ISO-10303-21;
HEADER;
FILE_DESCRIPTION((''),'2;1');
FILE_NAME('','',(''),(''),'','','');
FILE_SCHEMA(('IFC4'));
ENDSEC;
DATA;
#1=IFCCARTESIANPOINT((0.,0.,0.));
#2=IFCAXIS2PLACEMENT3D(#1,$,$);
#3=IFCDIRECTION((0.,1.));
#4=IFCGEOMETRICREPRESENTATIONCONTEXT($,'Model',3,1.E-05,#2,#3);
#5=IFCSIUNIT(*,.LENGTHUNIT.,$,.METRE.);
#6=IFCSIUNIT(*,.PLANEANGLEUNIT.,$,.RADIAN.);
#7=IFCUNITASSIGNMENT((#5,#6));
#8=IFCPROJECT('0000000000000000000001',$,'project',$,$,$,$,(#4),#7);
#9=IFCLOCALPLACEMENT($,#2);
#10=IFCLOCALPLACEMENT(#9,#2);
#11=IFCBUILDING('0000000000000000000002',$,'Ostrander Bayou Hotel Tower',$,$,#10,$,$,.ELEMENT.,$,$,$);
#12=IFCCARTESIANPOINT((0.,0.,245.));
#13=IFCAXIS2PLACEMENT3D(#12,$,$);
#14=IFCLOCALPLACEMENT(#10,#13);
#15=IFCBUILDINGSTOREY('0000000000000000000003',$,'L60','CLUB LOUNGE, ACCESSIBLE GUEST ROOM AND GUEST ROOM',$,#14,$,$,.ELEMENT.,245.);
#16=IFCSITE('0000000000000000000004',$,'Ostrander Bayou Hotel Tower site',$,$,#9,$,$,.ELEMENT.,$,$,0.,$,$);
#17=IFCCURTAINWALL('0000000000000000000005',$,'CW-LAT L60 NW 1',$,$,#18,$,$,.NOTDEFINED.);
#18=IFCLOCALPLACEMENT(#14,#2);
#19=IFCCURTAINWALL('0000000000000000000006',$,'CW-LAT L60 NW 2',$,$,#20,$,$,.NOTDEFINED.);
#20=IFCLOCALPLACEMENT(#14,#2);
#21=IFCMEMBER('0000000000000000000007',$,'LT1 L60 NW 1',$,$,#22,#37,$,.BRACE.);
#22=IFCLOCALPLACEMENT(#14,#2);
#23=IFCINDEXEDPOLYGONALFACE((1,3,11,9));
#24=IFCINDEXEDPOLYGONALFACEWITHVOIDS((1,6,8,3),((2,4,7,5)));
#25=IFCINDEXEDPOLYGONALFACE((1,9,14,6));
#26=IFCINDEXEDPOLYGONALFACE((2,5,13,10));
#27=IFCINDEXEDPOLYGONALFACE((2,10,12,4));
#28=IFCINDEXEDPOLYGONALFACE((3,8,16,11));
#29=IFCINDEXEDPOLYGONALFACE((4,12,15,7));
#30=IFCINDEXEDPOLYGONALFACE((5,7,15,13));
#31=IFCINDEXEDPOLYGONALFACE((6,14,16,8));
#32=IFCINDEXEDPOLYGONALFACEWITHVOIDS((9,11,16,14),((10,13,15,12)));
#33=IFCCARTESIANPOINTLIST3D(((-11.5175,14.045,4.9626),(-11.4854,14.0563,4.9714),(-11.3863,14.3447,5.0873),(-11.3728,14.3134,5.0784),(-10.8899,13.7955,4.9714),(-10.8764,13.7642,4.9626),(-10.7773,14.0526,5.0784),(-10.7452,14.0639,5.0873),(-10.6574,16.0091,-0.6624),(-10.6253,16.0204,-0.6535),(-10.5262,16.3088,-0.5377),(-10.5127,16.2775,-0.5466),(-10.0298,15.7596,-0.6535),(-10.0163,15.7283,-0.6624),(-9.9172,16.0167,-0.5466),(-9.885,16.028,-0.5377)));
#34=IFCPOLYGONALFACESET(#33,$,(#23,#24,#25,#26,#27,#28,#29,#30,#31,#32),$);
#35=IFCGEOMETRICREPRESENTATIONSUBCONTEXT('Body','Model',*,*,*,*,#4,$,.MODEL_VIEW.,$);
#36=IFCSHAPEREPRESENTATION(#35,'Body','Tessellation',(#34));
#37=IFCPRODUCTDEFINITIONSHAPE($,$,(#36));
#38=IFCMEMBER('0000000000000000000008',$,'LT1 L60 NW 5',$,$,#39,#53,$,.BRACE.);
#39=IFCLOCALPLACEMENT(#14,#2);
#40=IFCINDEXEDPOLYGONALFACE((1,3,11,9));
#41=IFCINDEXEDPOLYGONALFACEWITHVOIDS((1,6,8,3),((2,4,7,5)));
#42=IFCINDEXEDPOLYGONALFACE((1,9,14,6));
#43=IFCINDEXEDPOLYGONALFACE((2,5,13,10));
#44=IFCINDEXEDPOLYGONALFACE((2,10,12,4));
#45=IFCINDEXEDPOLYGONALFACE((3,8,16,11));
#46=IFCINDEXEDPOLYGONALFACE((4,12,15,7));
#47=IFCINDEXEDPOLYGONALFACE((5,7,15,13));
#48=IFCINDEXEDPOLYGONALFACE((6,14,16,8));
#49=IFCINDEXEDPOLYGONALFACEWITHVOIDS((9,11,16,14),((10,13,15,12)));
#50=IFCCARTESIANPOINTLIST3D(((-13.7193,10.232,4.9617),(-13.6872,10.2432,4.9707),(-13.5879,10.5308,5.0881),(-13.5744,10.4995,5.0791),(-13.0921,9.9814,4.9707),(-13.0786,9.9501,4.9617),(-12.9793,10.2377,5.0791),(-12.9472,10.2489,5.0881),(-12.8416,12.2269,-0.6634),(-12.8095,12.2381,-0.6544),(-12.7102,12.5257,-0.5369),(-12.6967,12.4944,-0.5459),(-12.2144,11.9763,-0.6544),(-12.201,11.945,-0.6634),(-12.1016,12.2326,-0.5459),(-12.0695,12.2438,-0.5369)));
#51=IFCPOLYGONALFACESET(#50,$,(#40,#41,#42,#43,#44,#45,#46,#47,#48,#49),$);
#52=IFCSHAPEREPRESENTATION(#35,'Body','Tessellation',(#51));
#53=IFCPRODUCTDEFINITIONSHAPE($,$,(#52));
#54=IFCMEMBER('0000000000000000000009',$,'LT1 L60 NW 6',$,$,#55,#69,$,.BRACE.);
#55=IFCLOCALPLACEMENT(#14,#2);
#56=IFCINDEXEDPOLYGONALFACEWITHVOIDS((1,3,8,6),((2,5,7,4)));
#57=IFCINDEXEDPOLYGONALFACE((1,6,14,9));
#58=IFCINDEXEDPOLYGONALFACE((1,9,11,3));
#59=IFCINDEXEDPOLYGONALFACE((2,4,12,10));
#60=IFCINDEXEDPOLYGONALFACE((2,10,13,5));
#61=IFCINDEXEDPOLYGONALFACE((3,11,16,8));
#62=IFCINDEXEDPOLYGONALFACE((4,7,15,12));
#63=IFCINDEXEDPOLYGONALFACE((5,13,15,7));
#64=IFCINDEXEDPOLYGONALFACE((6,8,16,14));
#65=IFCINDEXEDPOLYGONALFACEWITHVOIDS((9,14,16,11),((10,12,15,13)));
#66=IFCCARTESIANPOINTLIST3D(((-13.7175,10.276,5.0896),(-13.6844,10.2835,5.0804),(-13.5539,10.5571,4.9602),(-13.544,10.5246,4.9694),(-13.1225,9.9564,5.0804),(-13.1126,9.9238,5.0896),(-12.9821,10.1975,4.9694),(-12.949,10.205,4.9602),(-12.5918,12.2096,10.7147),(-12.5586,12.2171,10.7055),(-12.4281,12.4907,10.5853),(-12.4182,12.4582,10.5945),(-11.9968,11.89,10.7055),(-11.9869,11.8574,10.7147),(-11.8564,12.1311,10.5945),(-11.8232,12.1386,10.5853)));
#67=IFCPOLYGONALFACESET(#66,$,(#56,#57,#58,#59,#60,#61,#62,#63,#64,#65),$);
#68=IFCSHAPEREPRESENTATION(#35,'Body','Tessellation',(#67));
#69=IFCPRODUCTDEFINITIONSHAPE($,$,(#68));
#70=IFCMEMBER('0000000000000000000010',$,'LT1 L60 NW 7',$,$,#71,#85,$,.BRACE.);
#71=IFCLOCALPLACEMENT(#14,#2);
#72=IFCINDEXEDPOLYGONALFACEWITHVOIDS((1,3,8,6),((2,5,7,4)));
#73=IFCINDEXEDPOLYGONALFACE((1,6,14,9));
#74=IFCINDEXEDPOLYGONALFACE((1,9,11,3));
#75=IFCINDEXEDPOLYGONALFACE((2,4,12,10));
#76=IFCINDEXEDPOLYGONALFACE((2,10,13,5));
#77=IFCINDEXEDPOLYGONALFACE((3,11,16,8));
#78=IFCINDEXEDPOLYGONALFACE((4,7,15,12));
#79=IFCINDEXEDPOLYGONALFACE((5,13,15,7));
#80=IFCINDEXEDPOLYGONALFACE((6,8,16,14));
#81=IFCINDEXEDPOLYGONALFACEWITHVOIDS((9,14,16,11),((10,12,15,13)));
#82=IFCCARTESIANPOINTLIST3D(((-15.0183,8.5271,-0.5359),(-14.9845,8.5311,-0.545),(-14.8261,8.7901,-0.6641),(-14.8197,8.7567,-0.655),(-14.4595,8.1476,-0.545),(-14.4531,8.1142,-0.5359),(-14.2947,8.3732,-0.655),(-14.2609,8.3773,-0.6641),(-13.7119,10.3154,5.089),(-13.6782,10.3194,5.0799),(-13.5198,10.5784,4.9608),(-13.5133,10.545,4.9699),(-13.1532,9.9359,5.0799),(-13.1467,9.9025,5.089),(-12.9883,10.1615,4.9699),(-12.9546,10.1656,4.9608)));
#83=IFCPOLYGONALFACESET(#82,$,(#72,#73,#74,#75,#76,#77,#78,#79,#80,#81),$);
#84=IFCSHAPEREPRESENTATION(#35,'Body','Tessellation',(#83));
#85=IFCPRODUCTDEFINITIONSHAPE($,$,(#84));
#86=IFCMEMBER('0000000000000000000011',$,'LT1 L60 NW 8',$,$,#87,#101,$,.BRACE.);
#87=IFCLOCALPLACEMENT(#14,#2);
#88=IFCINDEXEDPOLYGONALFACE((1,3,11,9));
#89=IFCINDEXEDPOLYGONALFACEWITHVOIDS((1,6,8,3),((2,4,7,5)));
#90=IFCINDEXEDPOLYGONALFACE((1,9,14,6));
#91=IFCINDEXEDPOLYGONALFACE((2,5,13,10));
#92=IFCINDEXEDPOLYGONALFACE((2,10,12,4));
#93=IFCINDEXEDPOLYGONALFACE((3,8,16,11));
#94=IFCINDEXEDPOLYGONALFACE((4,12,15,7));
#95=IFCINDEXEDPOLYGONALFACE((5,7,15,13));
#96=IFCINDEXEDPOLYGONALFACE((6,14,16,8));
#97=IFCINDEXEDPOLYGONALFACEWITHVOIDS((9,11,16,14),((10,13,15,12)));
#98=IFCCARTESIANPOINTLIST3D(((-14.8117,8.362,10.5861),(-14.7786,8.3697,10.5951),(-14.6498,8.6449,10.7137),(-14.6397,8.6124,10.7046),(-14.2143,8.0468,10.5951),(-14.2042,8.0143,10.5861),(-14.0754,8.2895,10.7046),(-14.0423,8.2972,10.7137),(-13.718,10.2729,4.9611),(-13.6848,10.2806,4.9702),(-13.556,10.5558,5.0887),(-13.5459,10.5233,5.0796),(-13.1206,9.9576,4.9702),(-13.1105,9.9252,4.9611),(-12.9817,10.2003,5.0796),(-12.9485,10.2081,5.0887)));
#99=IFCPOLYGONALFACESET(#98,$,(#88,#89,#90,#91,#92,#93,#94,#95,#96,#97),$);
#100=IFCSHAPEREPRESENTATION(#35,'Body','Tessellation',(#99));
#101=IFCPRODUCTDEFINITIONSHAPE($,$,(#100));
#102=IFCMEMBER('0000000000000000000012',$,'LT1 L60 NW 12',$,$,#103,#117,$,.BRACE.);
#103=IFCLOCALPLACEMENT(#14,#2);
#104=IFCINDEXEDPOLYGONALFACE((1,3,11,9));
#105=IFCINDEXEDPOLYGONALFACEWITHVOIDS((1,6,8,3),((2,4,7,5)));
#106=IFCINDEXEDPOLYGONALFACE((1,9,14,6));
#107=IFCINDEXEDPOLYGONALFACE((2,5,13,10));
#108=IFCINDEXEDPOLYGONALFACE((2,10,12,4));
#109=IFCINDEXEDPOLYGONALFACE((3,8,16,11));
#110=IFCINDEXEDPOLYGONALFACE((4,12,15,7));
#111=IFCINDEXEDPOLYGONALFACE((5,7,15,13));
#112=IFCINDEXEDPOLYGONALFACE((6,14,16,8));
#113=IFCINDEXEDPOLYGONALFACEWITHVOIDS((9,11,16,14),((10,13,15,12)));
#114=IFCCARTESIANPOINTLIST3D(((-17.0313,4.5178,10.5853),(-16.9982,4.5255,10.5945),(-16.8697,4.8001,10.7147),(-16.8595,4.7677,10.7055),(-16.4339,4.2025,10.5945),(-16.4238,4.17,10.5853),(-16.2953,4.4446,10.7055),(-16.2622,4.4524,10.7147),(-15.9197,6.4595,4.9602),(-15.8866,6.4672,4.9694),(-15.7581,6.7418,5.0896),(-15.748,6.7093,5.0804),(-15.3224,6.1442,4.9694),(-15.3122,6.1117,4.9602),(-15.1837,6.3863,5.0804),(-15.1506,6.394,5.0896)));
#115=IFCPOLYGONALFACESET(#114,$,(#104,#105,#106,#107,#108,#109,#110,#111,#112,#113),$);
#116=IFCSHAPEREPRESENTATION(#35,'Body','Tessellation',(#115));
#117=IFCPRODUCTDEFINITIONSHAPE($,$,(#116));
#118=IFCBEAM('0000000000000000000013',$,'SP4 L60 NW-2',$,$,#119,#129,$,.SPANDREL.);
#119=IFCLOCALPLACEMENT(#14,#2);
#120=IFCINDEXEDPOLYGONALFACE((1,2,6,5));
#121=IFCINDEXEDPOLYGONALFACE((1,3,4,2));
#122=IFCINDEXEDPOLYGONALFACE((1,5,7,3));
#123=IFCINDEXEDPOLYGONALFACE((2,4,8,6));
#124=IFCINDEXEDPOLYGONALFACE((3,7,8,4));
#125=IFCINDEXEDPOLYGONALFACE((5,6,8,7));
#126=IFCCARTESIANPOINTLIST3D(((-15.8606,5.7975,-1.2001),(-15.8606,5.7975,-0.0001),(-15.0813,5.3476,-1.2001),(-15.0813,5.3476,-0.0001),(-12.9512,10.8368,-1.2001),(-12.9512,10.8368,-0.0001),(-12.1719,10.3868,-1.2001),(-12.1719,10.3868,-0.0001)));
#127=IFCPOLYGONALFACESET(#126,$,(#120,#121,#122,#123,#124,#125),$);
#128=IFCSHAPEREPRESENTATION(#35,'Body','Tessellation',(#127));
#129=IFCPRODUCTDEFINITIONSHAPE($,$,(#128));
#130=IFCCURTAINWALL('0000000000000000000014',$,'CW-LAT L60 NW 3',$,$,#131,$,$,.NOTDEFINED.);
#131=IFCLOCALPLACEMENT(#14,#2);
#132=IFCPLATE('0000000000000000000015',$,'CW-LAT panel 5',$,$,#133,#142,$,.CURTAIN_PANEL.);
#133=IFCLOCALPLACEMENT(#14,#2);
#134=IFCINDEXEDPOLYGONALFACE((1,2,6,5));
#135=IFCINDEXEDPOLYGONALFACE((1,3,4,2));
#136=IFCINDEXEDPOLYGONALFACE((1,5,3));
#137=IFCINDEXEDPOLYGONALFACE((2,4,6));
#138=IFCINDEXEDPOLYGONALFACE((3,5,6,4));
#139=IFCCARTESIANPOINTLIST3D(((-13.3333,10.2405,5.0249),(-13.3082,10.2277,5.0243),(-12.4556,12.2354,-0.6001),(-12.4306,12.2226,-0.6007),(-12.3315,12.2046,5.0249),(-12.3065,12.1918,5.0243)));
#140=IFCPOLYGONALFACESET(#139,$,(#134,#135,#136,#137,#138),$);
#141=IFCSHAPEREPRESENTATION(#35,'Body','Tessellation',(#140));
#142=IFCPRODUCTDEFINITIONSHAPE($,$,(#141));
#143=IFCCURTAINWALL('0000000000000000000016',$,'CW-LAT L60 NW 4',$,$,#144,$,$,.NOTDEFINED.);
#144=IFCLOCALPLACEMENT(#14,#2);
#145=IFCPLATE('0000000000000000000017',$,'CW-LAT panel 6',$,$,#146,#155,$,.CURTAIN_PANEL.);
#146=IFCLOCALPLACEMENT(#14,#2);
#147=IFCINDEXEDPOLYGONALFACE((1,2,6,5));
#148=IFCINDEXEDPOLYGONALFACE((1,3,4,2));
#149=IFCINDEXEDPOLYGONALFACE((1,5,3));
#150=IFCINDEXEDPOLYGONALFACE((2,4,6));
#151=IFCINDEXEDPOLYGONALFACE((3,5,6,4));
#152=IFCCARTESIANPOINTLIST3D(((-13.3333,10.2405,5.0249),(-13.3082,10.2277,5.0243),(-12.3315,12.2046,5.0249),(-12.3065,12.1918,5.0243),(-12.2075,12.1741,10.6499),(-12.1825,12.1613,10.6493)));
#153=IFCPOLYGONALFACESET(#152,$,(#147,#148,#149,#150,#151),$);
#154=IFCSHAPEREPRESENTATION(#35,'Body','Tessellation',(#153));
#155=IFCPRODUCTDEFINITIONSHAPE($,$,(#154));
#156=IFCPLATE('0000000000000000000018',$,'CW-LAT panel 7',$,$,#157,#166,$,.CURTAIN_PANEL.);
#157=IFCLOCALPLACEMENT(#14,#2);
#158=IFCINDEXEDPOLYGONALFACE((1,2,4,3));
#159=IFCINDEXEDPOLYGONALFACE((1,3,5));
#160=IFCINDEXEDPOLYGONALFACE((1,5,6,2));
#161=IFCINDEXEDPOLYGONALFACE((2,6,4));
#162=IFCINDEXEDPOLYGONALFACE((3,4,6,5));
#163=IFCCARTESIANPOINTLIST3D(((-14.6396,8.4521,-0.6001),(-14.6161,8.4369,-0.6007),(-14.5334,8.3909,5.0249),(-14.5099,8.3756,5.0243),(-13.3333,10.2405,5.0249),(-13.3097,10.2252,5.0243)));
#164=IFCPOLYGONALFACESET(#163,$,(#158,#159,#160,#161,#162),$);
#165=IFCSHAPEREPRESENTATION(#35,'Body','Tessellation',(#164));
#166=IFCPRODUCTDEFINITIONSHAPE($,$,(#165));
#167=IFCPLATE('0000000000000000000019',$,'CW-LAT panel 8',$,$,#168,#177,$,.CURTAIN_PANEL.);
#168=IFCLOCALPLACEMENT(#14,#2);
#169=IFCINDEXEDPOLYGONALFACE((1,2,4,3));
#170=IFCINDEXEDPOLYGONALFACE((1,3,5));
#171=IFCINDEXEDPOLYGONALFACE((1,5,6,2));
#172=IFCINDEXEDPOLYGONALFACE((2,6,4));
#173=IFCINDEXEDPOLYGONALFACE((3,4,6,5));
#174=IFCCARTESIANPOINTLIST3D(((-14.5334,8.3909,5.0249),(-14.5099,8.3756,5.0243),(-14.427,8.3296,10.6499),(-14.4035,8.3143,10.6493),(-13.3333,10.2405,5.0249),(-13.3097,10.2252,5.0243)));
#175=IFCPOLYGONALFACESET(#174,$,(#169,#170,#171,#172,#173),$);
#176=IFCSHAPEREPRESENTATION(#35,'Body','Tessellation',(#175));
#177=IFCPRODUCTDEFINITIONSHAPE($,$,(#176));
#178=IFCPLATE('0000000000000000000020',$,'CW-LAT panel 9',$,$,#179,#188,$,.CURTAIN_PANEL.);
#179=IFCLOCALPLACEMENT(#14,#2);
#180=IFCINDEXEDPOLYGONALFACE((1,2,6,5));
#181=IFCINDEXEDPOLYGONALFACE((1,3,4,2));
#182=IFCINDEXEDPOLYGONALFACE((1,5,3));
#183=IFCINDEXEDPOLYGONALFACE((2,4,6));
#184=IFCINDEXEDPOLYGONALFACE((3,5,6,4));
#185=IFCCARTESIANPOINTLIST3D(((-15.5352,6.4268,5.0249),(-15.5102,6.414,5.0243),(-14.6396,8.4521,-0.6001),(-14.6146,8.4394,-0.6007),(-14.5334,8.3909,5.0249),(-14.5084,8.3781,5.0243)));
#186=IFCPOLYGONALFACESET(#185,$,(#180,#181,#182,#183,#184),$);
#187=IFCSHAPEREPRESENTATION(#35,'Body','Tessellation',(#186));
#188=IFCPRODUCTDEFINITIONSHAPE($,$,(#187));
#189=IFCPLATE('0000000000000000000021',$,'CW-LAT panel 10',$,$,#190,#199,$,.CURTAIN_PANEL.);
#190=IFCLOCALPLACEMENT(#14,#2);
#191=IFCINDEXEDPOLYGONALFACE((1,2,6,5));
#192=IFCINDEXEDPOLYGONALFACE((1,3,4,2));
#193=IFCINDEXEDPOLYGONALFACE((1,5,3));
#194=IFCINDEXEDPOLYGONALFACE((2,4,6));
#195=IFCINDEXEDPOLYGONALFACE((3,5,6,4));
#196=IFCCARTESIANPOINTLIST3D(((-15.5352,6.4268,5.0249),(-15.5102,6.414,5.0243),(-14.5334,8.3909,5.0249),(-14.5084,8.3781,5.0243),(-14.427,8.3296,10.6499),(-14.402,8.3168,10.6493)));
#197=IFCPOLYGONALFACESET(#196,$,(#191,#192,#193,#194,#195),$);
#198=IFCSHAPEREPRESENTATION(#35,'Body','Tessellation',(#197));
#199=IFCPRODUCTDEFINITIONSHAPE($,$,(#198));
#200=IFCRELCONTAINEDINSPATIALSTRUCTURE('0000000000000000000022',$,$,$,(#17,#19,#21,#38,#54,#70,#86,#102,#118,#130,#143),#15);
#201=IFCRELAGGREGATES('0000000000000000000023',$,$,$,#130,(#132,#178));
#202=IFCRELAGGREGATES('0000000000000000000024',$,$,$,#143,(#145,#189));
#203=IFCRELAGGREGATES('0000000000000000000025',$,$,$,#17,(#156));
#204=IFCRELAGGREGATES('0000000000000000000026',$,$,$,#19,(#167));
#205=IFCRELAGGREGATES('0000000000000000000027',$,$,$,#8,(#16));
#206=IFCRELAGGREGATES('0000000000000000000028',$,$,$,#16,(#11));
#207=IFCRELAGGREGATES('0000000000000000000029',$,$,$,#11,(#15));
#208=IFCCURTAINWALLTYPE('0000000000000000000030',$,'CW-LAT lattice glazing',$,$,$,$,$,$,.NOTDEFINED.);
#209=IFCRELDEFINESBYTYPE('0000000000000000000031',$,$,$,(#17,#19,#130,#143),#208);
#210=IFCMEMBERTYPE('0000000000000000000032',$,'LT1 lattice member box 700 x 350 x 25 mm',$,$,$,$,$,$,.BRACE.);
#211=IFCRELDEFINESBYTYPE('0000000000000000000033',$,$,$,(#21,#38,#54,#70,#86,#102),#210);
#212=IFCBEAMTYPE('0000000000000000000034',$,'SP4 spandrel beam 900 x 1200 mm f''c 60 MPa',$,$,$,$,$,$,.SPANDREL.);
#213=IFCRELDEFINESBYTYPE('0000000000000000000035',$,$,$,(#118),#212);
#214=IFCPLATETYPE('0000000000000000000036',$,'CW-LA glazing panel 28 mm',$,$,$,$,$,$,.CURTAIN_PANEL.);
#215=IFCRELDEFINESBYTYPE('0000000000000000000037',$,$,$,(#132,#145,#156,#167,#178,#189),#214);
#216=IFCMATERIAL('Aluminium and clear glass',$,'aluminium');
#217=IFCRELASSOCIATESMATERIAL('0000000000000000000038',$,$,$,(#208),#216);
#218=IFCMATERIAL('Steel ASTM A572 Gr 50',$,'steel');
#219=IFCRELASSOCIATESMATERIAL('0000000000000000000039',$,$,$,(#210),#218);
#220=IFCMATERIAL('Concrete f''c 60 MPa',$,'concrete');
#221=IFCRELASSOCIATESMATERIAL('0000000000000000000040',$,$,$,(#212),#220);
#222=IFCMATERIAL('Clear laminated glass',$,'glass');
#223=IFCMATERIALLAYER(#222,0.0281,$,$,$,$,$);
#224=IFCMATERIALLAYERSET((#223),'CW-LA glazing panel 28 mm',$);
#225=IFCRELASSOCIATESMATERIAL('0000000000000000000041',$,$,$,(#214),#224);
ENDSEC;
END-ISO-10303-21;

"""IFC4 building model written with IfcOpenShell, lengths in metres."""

from ifc_helpers import new_model, si_unit, direction, frame, origin, origin_2d, place, context, subcontext, project, spatial, polyline, rectangle, hollow_rectangle, outline, extrude, material, layer, layer_set, material_profile, profile_set, type_object, element, aggregate, save


model = new_model("IFC4")

# Units and contexts
model_context = context("Model", 3, precision=1e-05, world=origin(), true_north=direction((0.0, 1.0)))
body_context = subcontext(model_context, "Body", "Model", "MODEL_VIEW")
ifc_project = project(units=[si_unit("LENGTHUNIT", "METRE"), si_unit("PLANEANGLEUNIT", "RADIAN")], contexts=[model_context])

# Site, building, storey
site_placement = place(None, origin())
site = spatial("IfcSite", under=ifc_project, at=site_placement, Name="Ostrander Bayou Hotel Tower site", CompositionType="ELEMENT", RefElevation=0.0)
building_placement = place(site_placement, origin())
building = spatial("IfcBuilding", under=site, at=building_placement, Name="Ostrander Bayou Hotel Tower", CompositionType="ELEMENT")
storey_placement = place(building_placement, frame((0.0, 0.0, 245.0)))
storey = spatial("IfcBuildingStorey", under=building, at=storey_placement, Name="L60", Description="CLUB LOUNGE, ACCESSIBLE GUEST ROOM AND GUEST ROOM", CompositionType="ELEMENT", Elevation=245.0)

# Curtain walls
ifc_material_1 = material(Name="Aluminium and clear glass", Category="aluminium")
curtain_wall_type = type_object("IfcCurtainWallType", Name="CW-LAT lattice glazing", PredefinedType="NOTDEFINED", material=ifc_material_1)
curtain_wall_1_placement = place(storey_placement, origin())
curtain_wall_1 = element("IfcCurtainWall", 1, at=curtain_wall_1_placement, inside=storey, type_object=curtain_wall_type, Name="CW-LAT L60 NW 1", PredefinedType="NOTDEFINED")
curtain_wall_2_placement = place(storey_placement, origin())
curtain_wall_2 = element("IfcCurtainWall", 2, at=curtain_wall_2_placement, inside=storey, type_object=curtain_wall_type, Name="CW-LAT L60 NW 2", PredefinedType="NOTDEFINED")

# Members
ifc_material_2 = material(Name="Steel ASTM A572 Gr 50", Category="steel")
ifc_material_profile_1 = material_profile(ifc_material_2, hollow_rectangle(XDim=0.7, YDim=0.3501, WallThickness=0.0249, at=origin_2d()))
ifc_profile_set_1 = profile_set([ifc_material_profile_1], Name="Steel ASTM A572 Gr 50")
member_type_1 = type_object("IfcMemberType", Name="LT1 lattice member box 700 x 350 x 25 mm", PredefinedType="BRACE", material=ifc_profile_set_1)
member_1_placement = place(storey_placement, frame((-11.1313, 14.0544, 5.0249), z_axis=(0.142879, 0.326274, -0.934414), x_axis=(-0.916019, 0.401135, 0.0)))
element("IfcMember", 3, at=member_1_placement, inside=storey, type_object=member_type_1, Name="LT1 L60 NW 1", PredefinedType="BRACE", context=body_context, shape_type="SweptSolid", body=[
    extrude(hollow_rectangle(XDim=0.7, YDim=0.3501, WallThickness=0.0249, at=origin_2d()), origin(), (0.0, 0.0, 1.0), 6.0198),
])
member_2_placement = place(storey_placement, frame((-13.3333, 10.2405, 5.0249), z_axis=(0.145494, 0.33069, -0.932457), x_axis=(-0.915325, 0.402716, 0.0)))
element("IfcMember", 4, at=member_2_placement, inside=storey, type_object=member_type_1, Name="LT1 L60 NW 5", PredefinedType="BRACE", context=body_context, shape_type="SweptSolid", body=[
    extrude(hollow_rectangle(XDim=0.7, YDim=0.3501, WallThickness=0.0249, at=origin_2d()), origin(), (0.0, 0.0, 1.0), 6.0325),
])
member_3_placement = place(storey_placement, frame((-13.3333, 10.2405, 5.0249), z_axis=(0.185959, 0.31941, 0.929191), x_axis=(-0.864206, 0.503138, 0.0)))
element("IfcMember", 5, at=member_3_placement, inside=storey, type_object=member_type_1, Name="LT1 L60 NW 6", PredefinedType="BRACE", context=body_context, shape_type="SweptSolid", body=[
    extrude(hollow_rectangle(XDim=0.7, YDim=0.3501, WallThickness=0.0249, at=origin_2d()), origin(), (0.0, 0.0, 1.0), 6.0537),
])
member_4_placement = place(storey_placement, frame((-13.3333, 10.2405, 5.0249), z_axis=(-0.216102, -0.295822, -0.930478), x_axis=(0.80749, -0.589881, 0.0)))
element("IfcMember", 6, at=member_4_placement, inside=storey, type_object=member_type_1, Name="LT1 L60 NW 7", PredefinedType="BRACE", context=body_context, shape_type="SweptSolid", body=[
    extrude(hollow_rectangle(XDim=0.7, YDim=0.3501, WallThickness=0.0249, at=origin_2d()), origin(), (0.0, 0.0, 1.0), 6.0452),
])
member_5_placement = place(storey_placement, frame((-13.3333, 10.2405, 5.0249), z_axis=(-0.181068, -0.316343, 0.931204), x_axis=(0.867888, -0.49676, 0.0)))
element("IfcMember", 7, at=member_5_placement, inside=storey, type_object=member_type_1, Name="LT1 L60 NW 8", PredefinedType="BRACE", context=body_context, shape_type="SweptSolid", body=[
    extrude(hollow_rectangle(XDim=0.7, YDim=0.3501, WallThickness=0.0249, at=origin_2d()), origin(), (0.0, 0.0, 1.0), 6.0405),
])
member_6_placement = place(storey_placement, frame((-15.5352, 6.4268, 5.0249), z_axis=(-0.183621, -0.320742, 0.929197), x_axis=(0.867847, -0.496832, 0.0)))
element("IfcMember", 8, at=member_6_placement, inside=storey, type_object=member_type_1, Name="LT1 L60 NW 12", PredefinedType="BRACE", context=body_context, shape_type="SweptSolid", body=[
    extrude(hollow_rectangle(XDim=0.7, YDim=0.3501, WallThickness=0.0249, at=origin_2d()), origin(), (0.0, 0.0, 1.0), 6.0537),
])

# Beam
ifc_material_3 = material(Name="Concrete f'c 60 MPa", Category="concrete")
ifc_material_profile_2 = material_profile(ifc_material_3, rectangle(XDim=0.8999, YDim=1.2, at=origin_2d()))
ifc_profile_set_2 = profile_set([ifc_material_profile_2], Name="Concrete f'c 60 MPa")
beam_type_1 = type_object("IfcBeamType", Name="SP4 spandrel beam 900 x 1200 mm f'c 60 MPa", PredefinedType="SPANDREL", material=ifc_profile_set_2)
beam_1_placement = place(storey_placement, frame((-12.5615, 10.6118, -0.6001), z_axis=(-0.499997, -0.866027, 0.0), x_axis=(0.866027, -0.499997, 0.0)))
element("IfcBeam", 9, at=beam_1_placement, inside=storey, type_object=beam_type_1, Name="SP4 L60 NW-2", PredefinedType="SPANDREL", context=body_context, shape_type="SweptSolid", body=[
    extrude(rectangle(XDim=0.8999, YDim=1.2, at=origin_2d()), origin(), (0.0, 0.0, 1.0), 5.8188),
])

# Curtain walls, plates
curtain_wall_3_placement = place(storey_placement, origin())
curtain_wall_3 = element("IfcCurtainWall", 10, at=curtain_wall_3_placement, inside=storey, type_object=curtain_wall_type, Name="CW-LAT L60 NW 3", PredefinedType="NOTDEFINED")
ifc_material_4 = material(Name="Clear laminated glass", Category="glass")
ifc_layer_1 = layer(ifc_material_4, 0.0281)
ifc_layer_set_1 = layer_set([ifc_layer_1], Name="CW-LA glazing panel 28 mm")
plate_type = type_object("IfcPlateType", Name="CW-LA glazing panel 28 mm", PredefinedType="CURTAIN_PANEL", material=ifc_layer_set_1)
plate_1_placement = place(storey_placement, frame((-13.3333, 10.2405, 5.0249), z_axis=(-0.890615, 0.454219, 0.022121), x_axis=(0.145494, 0.33069, -0.932457)))
plate_1 = element("IfcPlate", 11, at=plate_1_placement, type_object=plate_type, Name="CW-LAT panel 5", PredefinedType="CURTAIN_PANEL", context=body_context, shape_type="SweptSolid", body=[
    extrude(outline(polyline([(0.0, 0.0), (6.0325, 0.0), (0.7953, -2.0564), (0.0, 0.0)])), origin(), (0.0, 0.0, -1.0), 0.0281),
])
curtain_wall_4_placement = place(storey_placement, origin())
curtain_wall_4 = element("IfcCurtainWall", 12, at=curtain_wall_4_placement, inside=storey, type_object=curtain_wall_type, Name="CW-LAT L60 NW 4", PredefinedType="NOTDEFINED")
plate_2_placement = place(storey_placement, frame((-13.3333, 10.2405, 5.0249), z_axis=(-0.890616, 0.45422, 0.022101), x_axis=(0.185959, 0.31941, 0.929191)))
plate_2 = element("IfcPlate", 13, at=plate_2_placement, type_object=plate_type, Name="CW-LAT panel 6", PredefinedType="CURTAIN_PANEL", context=body_context, shape_type="SweptSolid", body=[
    extrude(outline(polyline([(0.0, 0.0), (6.0537, 0.0), (0.8136, 2.0492), (0.0, 0.0)])), origin(), (0.0, 0.0, -1.0), 0.0281),
])

# Plates
plate_3_placement = place(storey_placement, frame((-13.3333, 10.2405, 5.0249), z_axis=(-0.83867, 0.544205, 0.021763), x_axis=(-0.216102, -0.295822, -0.930478)))
plate_3 = element("IfcPlate", 14, at=plate_3_placement, type_object=plate_type, Name="CW-LAT panel 7", PredefinedType="CURTAIN_PANEL", context=body_context, shape_type="SweptSolid", body=[
    extrude(outline(polyline([(0.0, 0.0), (6.0453, 0.0), (0.8065, 2.0521), (0.0, 0.0)])), origin(), (0.0, 0.0, -1.0), 0.0281),
])
plate_4_placement = place(storey_placement, frame((-13.3333, 10.2405, 5.0249), z_axis=(-0.838669, 0.544205, 0.021799), x_axis=(-0.181068, -0.316343, 0.931204)))
plate_4 = element("IfcPlate", 15, at=plate_4_placement, type_object=plate_type, Name="CW-LAT panel 8", PredefinedType="CURTAIN_PANEL", context=body_context, shape_type="SweptSolid", body=[
    extrude(outline(polyline([(0.0, 0.0), (6.0406, 0.0), (0.8024, -2.0537), (0.0, 0.0)])), origin(), (0.0, 0.0, -1.0), 0.0281),
])
plate_5_placement = place(storey_placement, frame((-15.5352, 6.4268, 5.0249), z_axis=(-0.890622, 0.454223, 0.021763), x_axis=(0.148135, 0.33504, -0.930486)))
plate_5 = element("IfcPlate", 16, at=plate_5_placement, type_object=plate_type, Name="CW-LAT panel 9", PredefinedType="CURTAIN_PANEL", context=body_context, shape_type="SweptSolid", body=[
    extrude(outline(polyline([(0.0, 0.0), (6.0452, 0.0), (0.8064, -2.052), (0.0, 0.0)])), origin(), (0.0, 0.0, -1.0), 0.0281),
])
aggregate(curtain_wall_3, [plate_1, plate_5])
plate_6_placement = place(storey_placement, frame((-15.5352, 6.4268, 5.0249), z_axis=(-0.890621, 0.454222, 0.021802), x_axis=(0.18345, 0.315005, 0.931192)))
plate_6 = element("IfcPlate", 17, at=plate_6_placement, type_object=plate_type, Name="CW-LAT panel 10", PredefinedType="CURTAIN_PANEL", context=body_context, shape_type="SweptSolid", body=[
    extrude(outline(polyline([(0.0, 0.0), (6.0406, 0.0), (0.8025, 2.0536), (0.0, 0.0)])), origin(), (0.0, 0.0, -1.0), 0.0281),
])
aggregate(curtain_wall_4, [plate_2, plate_6])
aggregate(curtain_wall_1, [plate_3])
aggregate(curtain_wall_2, [plate_4])

save(model, "model.ifc")
